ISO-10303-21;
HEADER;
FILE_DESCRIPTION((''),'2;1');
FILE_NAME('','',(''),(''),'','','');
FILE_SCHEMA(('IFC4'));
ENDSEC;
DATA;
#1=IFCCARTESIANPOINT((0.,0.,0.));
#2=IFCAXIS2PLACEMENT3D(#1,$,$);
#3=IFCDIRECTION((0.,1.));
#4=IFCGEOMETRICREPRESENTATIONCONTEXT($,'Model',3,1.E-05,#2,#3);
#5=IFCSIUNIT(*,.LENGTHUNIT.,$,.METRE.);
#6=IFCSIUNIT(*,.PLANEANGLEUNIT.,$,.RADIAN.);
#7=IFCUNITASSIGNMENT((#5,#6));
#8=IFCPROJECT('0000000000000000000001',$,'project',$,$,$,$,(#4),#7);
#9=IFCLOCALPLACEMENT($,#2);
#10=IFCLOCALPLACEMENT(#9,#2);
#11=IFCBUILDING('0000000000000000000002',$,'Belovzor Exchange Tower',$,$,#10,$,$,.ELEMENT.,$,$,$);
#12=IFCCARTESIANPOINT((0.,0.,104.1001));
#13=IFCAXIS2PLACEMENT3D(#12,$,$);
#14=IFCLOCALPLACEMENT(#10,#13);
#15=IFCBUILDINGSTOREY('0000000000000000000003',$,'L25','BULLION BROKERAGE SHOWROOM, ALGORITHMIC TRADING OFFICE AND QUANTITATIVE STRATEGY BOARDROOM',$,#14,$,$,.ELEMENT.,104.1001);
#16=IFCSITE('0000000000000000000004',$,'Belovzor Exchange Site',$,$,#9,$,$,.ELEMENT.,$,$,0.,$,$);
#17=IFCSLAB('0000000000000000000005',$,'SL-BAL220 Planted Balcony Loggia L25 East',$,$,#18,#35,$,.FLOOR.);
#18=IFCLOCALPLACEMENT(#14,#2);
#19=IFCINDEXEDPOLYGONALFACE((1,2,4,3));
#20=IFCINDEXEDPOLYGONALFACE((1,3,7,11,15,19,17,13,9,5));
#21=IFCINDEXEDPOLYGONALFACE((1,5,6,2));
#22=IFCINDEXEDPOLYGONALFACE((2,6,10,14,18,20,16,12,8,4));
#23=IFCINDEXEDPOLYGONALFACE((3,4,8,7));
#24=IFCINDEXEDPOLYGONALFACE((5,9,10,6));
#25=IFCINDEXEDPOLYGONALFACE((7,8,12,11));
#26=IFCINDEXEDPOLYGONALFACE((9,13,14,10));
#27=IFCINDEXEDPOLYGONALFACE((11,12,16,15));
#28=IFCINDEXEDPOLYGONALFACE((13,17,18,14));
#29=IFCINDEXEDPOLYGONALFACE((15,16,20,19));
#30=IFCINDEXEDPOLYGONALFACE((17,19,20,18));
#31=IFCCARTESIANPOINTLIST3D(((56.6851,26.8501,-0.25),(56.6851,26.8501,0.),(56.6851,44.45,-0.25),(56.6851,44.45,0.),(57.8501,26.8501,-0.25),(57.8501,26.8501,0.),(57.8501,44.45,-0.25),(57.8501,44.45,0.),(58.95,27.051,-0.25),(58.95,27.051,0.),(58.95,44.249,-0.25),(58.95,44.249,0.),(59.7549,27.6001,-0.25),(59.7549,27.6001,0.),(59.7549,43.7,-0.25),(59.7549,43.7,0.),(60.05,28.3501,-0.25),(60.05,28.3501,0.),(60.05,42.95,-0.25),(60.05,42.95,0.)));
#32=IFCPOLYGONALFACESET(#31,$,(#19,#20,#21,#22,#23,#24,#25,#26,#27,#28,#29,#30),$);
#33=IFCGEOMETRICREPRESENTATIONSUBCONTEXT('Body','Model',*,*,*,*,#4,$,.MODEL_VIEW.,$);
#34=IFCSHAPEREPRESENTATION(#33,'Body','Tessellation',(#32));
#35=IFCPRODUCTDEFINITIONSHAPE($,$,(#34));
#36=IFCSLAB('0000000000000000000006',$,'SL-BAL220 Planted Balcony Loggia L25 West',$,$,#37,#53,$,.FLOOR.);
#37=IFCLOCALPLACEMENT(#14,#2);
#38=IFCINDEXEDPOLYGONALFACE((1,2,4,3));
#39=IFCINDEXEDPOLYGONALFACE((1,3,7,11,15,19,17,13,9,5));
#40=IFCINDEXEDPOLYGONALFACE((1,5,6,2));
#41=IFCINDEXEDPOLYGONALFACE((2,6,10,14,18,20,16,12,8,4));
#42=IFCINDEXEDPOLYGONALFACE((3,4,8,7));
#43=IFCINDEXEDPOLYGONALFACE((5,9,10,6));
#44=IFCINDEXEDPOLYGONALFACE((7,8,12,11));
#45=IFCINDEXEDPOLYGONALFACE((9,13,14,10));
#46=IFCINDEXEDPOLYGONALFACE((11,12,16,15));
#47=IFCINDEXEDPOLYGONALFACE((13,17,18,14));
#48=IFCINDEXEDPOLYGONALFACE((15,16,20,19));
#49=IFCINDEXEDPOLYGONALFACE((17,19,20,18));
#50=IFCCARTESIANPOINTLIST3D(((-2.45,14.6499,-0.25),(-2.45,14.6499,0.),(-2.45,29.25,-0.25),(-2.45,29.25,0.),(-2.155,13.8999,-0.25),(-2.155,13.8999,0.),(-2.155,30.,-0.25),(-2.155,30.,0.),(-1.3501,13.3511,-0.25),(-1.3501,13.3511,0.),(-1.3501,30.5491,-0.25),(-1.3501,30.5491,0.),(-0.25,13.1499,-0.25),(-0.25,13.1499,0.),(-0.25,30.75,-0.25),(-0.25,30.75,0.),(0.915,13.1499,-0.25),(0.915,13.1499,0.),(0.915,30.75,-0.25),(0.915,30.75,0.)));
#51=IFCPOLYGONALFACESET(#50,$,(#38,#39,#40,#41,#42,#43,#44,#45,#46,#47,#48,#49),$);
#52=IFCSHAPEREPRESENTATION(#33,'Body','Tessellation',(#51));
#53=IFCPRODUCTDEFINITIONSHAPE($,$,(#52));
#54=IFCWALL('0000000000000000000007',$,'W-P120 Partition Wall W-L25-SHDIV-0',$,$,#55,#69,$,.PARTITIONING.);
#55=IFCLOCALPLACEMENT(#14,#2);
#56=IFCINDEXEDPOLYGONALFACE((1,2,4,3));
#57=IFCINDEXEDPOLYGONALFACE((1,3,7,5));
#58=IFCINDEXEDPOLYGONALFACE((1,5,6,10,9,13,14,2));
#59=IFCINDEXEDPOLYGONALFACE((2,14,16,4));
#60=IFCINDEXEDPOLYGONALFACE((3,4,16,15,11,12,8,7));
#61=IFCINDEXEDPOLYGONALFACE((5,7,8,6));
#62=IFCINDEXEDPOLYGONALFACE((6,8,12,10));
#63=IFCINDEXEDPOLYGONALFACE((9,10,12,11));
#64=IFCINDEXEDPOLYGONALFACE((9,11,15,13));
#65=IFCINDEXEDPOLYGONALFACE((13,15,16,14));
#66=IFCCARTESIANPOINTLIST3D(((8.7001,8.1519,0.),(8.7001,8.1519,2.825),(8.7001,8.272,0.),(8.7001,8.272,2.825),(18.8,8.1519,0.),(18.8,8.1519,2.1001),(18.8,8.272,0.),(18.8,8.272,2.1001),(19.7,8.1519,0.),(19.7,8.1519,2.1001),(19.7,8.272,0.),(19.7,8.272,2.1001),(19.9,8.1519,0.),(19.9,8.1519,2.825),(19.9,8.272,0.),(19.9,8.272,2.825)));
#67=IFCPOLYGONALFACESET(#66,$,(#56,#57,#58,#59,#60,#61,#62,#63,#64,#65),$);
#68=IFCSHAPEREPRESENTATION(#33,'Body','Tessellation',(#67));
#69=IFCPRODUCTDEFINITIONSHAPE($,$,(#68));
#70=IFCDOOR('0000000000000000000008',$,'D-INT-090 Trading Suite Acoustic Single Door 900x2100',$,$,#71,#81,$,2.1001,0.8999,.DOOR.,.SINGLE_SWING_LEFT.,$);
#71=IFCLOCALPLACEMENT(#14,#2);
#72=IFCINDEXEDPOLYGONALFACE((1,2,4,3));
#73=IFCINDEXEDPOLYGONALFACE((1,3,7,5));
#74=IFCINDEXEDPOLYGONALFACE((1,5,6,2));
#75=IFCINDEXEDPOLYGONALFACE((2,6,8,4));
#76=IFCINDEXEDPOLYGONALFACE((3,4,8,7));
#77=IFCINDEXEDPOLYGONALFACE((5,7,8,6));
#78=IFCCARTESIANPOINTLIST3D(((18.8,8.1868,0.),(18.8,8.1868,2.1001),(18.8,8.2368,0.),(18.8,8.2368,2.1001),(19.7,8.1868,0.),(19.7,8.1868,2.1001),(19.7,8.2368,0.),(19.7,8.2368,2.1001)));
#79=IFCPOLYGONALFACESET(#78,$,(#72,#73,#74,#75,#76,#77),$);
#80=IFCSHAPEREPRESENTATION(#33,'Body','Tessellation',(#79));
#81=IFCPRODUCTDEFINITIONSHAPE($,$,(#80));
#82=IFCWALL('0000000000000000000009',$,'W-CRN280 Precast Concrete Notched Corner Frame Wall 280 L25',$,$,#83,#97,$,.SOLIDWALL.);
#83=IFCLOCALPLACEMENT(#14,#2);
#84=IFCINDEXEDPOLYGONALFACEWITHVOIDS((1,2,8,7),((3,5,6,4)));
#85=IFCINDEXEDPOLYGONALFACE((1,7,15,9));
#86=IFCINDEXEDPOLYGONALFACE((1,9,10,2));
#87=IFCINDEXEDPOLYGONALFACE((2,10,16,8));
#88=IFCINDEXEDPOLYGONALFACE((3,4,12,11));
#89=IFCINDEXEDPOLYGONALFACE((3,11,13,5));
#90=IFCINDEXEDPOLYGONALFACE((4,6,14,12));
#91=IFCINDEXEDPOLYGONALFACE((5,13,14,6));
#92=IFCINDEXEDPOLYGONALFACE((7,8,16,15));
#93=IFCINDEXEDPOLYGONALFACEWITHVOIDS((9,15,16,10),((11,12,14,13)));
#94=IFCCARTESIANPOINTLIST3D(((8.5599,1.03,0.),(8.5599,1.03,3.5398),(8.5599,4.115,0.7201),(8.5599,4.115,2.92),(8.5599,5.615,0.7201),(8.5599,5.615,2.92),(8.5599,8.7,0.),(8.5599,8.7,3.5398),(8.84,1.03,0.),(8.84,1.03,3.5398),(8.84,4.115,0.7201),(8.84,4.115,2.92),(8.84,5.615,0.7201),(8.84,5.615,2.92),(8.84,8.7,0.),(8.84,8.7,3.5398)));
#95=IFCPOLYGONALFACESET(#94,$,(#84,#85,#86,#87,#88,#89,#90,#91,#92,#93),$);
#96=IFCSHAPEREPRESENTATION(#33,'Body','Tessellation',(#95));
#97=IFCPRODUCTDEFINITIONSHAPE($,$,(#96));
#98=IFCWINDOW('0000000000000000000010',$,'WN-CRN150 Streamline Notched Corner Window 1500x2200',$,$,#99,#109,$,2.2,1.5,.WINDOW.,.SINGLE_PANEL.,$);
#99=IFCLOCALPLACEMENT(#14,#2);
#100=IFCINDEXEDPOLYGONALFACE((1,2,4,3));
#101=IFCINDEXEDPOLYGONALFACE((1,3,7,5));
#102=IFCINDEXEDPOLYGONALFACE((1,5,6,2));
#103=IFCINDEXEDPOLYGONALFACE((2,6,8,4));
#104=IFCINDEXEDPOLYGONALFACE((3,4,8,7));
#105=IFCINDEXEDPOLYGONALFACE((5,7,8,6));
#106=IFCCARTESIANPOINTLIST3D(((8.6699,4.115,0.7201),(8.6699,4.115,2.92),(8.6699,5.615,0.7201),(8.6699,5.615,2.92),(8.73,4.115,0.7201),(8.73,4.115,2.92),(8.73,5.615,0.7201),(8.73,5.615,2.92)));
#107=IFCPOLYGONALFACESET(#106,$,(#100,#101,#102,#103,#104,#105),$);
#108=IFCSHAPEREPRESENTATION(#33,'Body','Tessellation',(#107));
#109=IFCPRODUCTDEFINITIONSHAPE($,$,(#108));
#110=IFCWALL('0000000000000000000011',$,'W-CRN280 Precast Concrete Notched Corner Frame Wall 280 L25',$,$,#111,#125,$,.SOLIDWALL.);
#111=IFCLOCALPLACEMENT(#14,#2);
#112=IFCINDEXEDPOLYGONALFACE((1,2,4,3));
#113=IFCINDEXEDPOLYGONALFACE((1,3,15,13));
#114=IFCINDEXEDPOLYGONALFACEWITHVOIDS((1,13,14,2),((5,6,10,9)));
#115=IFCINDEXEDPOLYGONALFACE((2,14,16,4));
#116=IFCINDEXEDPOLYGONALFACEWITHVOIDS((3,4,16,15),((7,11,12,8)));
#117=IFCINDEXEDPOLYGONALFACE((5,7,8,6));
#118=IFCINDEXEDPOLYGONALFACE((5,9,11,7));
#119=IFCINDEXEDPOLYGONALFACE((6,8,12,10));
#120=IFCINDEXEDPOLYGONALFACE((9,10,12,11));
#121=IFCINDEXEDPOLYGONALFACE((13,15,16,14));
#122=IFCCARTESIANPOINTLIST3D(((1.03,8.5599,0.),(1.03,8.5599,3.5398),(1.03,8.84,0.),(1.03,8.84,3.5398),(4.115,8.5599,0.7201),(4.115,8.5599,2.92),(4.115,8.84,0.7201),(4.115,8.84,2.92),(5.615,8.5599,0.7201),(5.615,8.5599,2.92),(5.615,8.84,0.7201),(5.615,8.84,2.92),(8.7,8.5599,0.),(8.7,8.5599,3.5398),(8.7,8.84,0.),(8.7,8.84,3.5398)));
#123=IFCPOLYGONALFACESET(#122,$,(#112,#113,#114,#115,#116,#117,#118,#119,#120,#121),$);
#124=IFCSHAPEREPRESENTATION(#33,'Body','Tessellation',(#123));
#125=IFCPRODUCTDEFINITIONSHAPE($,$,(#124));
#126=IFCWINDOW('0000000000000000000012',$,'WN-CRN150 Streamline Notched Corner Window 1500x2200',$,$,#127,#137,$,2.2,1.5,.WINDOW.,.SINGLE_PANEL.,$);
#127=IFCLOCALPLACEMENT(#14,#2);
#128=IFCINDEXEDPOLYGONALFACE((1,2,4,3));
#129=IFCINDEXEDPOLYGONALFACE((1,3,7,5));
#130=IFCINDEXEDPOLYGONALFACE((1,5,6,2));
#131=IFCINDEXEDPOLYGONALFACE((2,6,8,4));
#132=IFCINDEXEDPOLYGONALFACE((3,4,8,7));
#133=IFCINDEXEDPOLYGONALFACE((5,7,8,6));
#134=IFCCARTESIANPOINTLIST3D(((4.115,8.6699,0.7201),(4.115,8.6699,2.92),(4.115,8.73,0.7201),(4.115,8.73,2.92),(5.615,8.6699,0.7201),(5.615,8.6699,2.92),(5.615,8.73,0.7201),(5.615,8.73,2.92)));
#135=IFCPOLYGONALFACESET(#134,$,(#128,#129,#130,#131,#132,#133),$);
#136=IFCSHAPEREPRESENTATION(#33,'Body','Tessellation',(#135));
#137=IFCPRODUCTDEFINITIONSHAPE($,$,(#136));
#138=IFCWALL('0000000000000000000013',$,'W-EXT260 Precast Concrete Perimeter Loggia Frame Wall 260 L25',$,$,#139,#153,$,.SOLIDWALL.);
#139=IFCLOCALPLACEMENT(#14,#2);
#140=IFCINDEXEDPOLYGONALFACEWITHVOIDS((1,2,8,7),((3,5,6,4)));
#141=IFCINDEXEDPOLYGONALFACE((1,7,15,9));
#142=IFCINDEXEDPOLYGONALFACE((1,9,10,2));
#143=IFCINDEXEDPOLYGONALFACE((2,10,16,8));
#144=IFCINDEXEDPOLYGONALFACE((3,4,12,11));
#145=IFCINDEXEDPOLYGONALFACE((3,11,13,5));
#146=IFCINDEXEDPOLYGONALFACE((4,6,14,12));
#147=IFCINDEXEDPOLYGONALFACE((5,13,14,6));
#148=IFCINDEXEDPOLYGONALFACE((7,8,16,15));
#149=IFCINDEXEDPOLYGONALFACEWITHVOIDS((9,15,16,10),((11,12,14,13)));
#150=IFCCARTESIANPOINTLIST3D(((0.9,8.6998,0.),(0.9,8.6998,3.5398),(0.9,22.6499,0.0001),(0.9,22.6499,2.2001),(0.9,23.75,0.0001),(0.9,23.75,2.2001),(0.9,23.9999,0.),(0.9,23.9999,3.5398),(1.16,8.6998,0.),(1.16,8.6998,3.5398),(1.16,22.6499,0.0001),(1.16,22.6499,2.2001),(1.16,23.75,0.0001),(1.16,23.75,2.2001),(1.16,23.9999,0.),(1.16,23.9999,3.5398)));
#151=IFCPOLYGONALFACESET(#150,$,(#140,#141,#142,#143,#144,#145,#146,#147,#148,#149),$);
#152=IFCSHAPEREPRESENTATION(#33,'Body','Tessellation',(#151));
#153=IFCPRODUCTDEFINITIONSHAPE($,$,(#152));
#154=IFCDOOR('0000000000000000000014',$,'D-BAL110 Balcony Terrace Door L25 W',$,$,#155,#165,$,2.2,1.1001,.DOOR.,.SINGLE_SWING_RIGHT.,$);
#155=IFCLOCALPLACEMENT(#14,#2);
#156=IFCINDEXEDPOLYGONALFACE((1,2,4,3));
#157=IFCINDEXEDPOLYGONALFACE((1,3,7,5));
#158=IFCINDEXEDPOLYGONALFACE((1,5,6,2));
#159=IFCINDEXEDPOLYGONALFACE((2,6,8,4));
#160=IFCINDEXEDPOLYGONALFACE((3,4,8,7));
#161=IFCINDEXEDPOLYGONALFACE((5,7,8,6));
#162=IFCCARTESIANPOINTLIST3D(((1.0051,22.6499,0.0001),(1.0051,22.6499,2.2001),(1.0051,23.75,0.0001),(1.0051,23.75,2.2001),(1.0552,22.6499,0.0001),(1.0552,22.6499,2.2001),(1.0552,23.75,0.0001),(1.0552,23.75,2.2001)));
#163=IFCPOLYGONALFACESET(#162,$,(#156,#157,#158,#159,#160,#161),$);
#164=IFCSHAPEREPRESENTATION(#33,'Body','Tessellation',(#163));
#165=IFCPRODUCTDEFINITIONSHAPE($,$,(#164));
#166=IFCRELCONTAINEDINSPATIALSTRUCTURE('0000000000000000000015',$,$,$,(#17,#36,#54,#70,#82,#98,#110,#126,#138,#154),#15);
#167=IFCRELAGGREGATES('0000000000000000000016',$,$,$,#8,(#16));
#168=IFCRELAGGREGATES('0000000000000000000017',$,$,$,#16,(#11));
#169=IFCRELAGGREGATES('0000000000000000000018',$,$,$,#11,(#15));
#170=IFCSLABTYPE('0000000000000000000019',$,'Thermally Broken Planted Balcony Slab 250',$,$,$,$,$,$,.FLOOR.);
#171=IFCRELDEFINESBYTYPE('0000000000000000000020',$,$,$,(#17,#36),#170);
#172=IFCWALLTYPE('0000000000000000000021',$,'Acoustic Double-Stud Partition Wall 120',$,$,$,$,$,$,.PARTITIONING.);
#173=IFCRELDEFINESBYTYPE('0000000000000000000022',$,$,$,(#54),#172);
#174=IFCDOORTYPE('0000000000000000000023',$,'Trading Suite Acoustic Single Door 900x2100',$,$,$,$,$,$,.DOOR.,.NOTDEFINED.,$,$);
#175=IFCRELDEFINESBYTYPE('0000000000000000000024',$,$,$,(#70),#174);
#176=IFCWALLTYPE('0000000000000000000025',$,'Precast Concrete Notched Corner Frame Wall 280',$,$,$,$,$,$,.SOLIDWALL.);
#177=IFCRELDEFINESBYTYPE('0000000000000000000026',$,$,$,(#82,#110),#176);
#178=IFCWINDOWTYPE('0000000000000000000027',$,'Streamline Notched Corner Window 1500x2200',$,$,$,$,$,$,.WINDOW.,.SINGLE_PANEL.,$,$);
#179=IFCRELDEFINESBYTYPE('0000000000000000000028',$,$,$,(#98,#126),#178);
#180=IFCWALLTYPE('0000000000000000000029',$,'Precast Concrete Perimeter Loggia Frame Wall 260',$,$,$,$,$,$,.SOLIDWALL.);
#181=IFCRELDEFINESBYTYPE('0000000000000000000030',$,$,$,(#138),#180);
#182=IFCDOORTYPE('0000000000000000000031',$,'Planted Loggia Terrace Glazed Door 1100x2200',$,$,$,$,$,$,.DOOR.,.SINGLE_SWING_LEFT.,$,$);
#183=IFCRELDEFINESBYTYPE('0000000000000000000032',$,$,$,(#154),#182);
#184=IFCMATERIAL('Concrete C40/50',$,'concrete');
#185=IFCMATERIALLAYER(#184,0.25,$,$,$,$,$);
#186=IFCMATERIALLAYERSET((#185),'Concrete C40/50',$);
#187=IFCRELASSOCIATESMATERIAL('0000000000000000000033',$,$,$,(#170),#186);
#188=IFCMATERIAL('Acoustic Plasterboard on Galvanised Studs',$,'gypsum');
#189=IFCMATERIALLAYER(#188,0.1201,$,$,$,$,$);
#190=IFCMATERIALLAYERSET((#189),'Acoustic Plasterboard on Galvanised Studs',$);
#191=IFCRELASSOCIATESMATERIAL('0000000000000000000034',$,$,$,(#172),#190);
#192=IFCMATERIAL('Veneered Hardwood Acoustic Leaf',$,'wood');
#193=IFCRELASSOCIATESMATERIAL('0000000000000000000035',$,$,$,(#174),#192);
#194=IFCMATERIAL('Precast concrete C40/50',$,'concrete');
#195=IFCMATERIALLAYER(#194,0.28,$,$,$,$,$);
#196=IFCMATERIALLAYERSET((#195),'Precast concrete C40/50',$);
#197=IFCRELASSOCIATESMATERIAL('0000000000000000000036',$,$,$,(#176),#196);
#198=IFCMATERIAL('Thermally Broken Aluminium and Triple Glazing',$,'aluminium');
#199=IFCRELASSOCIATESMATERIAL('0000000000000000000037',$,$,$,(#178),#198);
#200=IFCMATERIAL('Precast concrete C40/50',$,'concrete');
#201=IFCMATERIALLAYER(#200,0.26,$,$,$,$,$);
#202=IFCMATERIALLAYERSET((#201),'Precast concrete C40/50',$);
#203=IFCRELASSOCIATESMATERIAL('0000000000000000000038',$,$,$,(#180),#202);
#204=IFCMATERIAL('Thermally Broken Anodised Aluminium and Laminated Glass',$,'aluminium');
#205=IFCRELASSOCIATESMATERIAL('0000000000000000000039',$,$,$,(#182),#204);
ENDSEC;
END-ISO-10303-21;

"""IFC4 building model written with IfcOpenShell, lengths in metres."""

from ifc_helpers import new_model, si_unit, direction, frame, frame_2d, origin, place, context, subcontext, project, spatial, polyline, rectangle, outline, extrude, material, layer, layer_set, type_object, element, fill, save


model = new_model("IFC4")

# Units and contexts
model_context = context("Model", 3, precision=1e-05, world=origin(), true_north=direction((0.0, 1.0)))
body_context = subcontext(model_context, "Body", "Model", "MODEL_VIEW")
ifc_project = project(units=[si_unit("LENGTHUNIT", "METRE"), si_unit("PLANEANGLEUNIT", "RADIAN")], contexts=[model_context])

# Site, building, storey
site_placement = place(None, origin())
site = spatial("IfcSite", under=ifc_project, at=site_placement, Name="Belovzor Exchange Site", CompositionType="ELEMENT", RefElevation=0.0)
building_placement = place(site_placement, origin())
building = spatial("IfcBuilding", under=site, at=building_placement, Name="Belovzor Exchange Tower", CompositionType="ELEMENT")
storey_placement = place(building_placement, frame((0.0, 0.0, 104.1001)))
storey = spatial("IfcBuildingStorey", under=building, at=storey_placement, Name="L25", Description="BULLION BROKERAGE SHOWROOM, ALGORITHMIC TRADING OFFICE AND QUANTITATIVE STRATEGY BOARDROOM", CompositionType="ELEMENT", Elevation=104.1001)

# Slabs
ifc_material_1 = material(Name="Concrete C40/50", Category="concrete")
ifc_layer_1 = layer(ifc_material_1, 0.25)
ifc_layer_set_1 = layer_set([ifc_layer_1], Name="Concrete C40/50")
slab_type_1 = type_object("IfcSlabType", Name="Thermally Broken Planted Balcony Slab 250", PredefinedType="FLOOR", material=ifc_layer_set_1)
slab_1_placement = place(storey_placement, frame((0.0, 0.0, -0.25)))
element("IfcSlab", 1, at=slab_1_placement, inside=storey, type_object=slab_type_1, Name="SL-BAL220 Planted Balcony Loggia L25 East", PredefinedType="FLOOR", context=body_context, shape_type="SweptSolid", body=[
    extrude(outline(polyline([(56.6851, 26.8501), (57.8501, 26.8501), (58.95, 27.051), (59.7549, 27.6001), (60.05, 28.3501), (60.05, 42.95), (59.7549, 43.7), (58.95, 44.249), (57.8501, 44.45), (56.6851, 44.45), (56.6851, 26.8501)])), origin(), (0.0, 0.0, 1.0), 0.25),
])
slab_2_placement = place(storey_placement, frame((0.0, 0.0, -0.25)))
element("IfcSlab", 2, at=slab_2_placement, inside=storey, type_object=slab_type_1, Name="SL-BAL220 Planted Balcony Loggia L25 West", PredefinedType="FLOOR", context=body_context, shape_type="SweptSolid", body=[
    extrude(outline(polyline([(0.915, 30.75), (-0.25, 30.75), (-1.3501, 30.5491), (-2.155, 30.0), (-2.45, 29.25), (-2.45, 14.6499), (-2.155, 13.8999), (-1.3501, 13.3511), (-0.25, 13.1499), (0.915, 13.1499), (0.915, 30.75)])), origin(), (0.0, 0.0, 1.0), 0.25),
])

# Wall, opening, door
ifc_material_2 = material(Name="Acoustic Plasterboard on Galvanised Studs", Category="gypsum")
ifc_layer_2 = layer(ifc_material_2, 0.1201)
ifc_layer_set_2 = layer_set([ifc_layer_2], Name="Acoustic Plasterboard on Galvanised Studs")
wall_type_1 = type_object("IfcWallType", Name="Acoustic Double-Stud Partition Wall 120", PredefinedType="PARTITIONING", material=ifc_layer_set_2)
wall_1_placement = place(storey_placement, frame((8.7, 8.2119, 0.0), z_axis=(0.0, 0.0, 1.0), x_axis=(1.0, 0.0, 0.0)))
wall_1 = element("IfcWall", 3, at=wall_1_placement, inside=storey, type_object=wall_type_1, Name="W-P120 Partition Wall W-L25-SHDIV-0", PredefinedType="PARTITIONING", context=body_context, shape_type="SweptSolid", body=[
    extrude(rectangle(XDim=11.2, YDim=0.1201, at=frame_2d((5.6001, 0.0))), origin(), (0.0, 0.0, 1.0), 2.825),
])
opening_1_placement = place(wall_1_placement, frame((10.1001, 0.0, 0.0)))
opening_1 = element("IfcOpeningElement", 4, at=opening_1_placement, cuts=wall_1, PredefinedType="OPENING", context=body_context, shape_type="SweptSolid", body=[
    extrude(rectangle(XDim=0.8999, YDim=2.1001, at=frame_2d((0.45, 1.05))), frame((0.0, 0.0701, 0.0), z_axis=(0.0, -1.0, 0.0), x_axis=(1.0, 0.0, 0.0)), (0.0, 0.0, 1.0), 0.1401),
])
ifc_material_3 = material(Name="Veneered Hardwood Acoustic Leaf", Category="wood")
door_type_1 = type_object("IfcDoorType", Name="Trading Suite Acoustic Single Door 900x2100", OperationType="NOTDEFINED", PredefinedType="DOOR", material=ifc_material_3)
door_1_placement = place(opening_1_placement, origin())
door_1 = element("IfcDoor", 5, at=door_1_placement, inside=storey, type_object=door_type_1, Name="D-INT-090 Trading Suite Acoustic Single Door 900x2100", OperationType="SINGLE_SWING_LEFT", OverallHeight=2.1001, OverallWidth=0.8999, PredefinedType="DOOR", context=body_context, shape_type="SweptSolid", body=[
    extrude(rectangle(XDim=0.8999, YDim=2.1001, at=frame_2d((0.45, 1.05))), frame((0.0, 0.0249, 0.0), z_axis=(0.0, -1.0, 0.0), x_axis=(1.0, 0.0, 0.0)), (0.0, 0.0, 1.0), 0.05),
])
fill(opening_1, door_1)

# Walls, openings, windows
ifc_material_4 = material(Name="Precast concrete C40/50", Category="concrete")
ifc_layer_3 = layer(ifc_material_4, 0.28)
ifc_layer_set_3 = layer_set([ifc_layer_3], Name="Precast concrete C40/50")
wall_type_2 = type_object("IfcWallType", Name="Precast Concrete Notched Corner Frame Wall 280", PredefinedType="SOLIDWALL", material=ifc_layer_set_3)
wall_2_placement = place(storey_placement, frame((8.7, 1.03, 0.0), z_axis=(0.0, 0.0, 1.0), x_axis=(0.0, 1.0, 0.0)))
wall_2 = element("IfcWall", 6, at=wall_2_placement, inside=storey, type_object=wall_type_2, Name="W-CRN280 Precast Concrete Notched Corner Frame Wall 280 L25", PredefinedType="SOLIDWALL", context=body_context, shape_type="SweptSolid", body=[
    extrude(rectangle(XDim=7.6699, YDim=0.28, at=frame_2d((3.835, 0.0))), origin(), (0.0, 0.0, 1.0), 3.5398),
])
opening_2_placement = place(wall_2_placement, frame((3.085, 0.0, 0.72)))
opening_2 = element("IfcOpeningElement", 7, at=opening_2_placement, cuts=wall_2, PredefinedType="OPENING", context=body_context, shape_type="SweptSolid", body=[
    extrude(rectangle(XDim=1.5, YDim=2.2, at=frame_2d((0.75, 1.1001))), frame((0.0, 0.1499, 0.0), z_axis=(0.0, -1.0, 0.0), x_axis=(1.0, 0.0, 0.0)), (0.0, 0.0, 1.0), 0.3),
])
ifc_material_5 = material(Name="Thermally Broken Aluminium and Triple Glazing", Category="aluminium")
window_type = type_object("IfcWindowType", Name="Streamline Notched Corner Window 1500x2200", PartitioningType="SINGLE_PANEL", PredefinedType="WINDOW", material=ifc_material_5)
window_1_placement = place(opening_2_placement, origin())
window_1 = element("IfcWindow", 8, at=window_1_placement, inside=storey, type_object=window_type, Name="WN-CRN150 Streamline Notched Corner Window 1500x2200", OverallHeight=2.2, OverallWidth=1.5, PartitioningType="SINGLE_PANEL", PredefinedType="WINDOW", context=body_context, shape_type="SweptSolid", body=[
    extrude(rectangle(XDim=1.5, YDim=2.2, at=frame_2d((0.75, 1.1001))), frame((0.0, 0.03, 0.0), z_axis=(0.0, -1.0, 0.0), x_axis=(1.0, 0.0, 0.0)), (0.0, 0.0, 1.0), 0.0601),
])
fill(opening_2, window_1)
wall_3_placement = place(storey_placement, frame((8.7, 8.7, 0.0), z_axis=(0.0, 0.0, 1.0), x_axis=(-1.0, 0.0, 0.0)))
wall_3 = element("IfcWall", 9, at=wall_3_placement, inside=storey, type_object=wall_type_2, Name="W-CRN280 Precast Concrete Notched Corner Frame Wall 280 L25", PredefinedType="SOLIDWALL", context=body_context, shape_type="SweptSolid", body=[
    extrude(rectangle(XDim=7.6699, YDim=0.28, at=frame_2d((3.835, 0.0))), origin(), (0.0, 0.0, 1.0), 3.5398),
])
opening_3_placement = place(wall_3_placement, frame((3.085, 0.0, 0.72)))
opening_3 = element("IfcOpeningElement", 10, at=opening_3_placement, cuts=wall_3, PredefinedType="OPENING", context=body_context, shape_type="SweptSolid", body=[
    extrude(rectangle(XDim=1.5, YDim=2.2, at=frame_2d((0.75, 1.1001))), frame((0.0, 0.1499, 0.0), z_axis=(0.0, -1.0, 0.0), x_axis=(1.0, 0.0, 0.0)), (0.0, 0.0, 1.0), 0.3),
])
window_2_placement = place(opening_3_placement, origin())
window_2 = element("IfcWindow", 11, at=window_2_placement, inside=storey, type_object=window_type, Name="WN-CRN150 Streamline Notched Corner Window 1500x2200", OverallHeight=2.2, OverallWidth=1.5, PartitioningType="SINGLE_PANEL", PredefinedType="WINDOW", context=body_context, shape_type="SweptSolid", body=[
    extrude(rectangle(XDim=1.5, YDim=2.2, at=frame_2d((0.75, 1.1001))), frame((0.0, 0.03, 0.0), z_axis=(0.0, -1.0, 0.0), x_axis=(1.0, 0.0, 0.0)), (0.0, 0.0, 1.0), 0.0601),
])
fill(opening_3, window_2)

# Wall, opening, door
ifc_material_6 = material(Name="Precast concrete C40/50", Category="concrete")
ifc_layer_4 = layer(ifc_material_6, 0.26)
ifc_layer_set_4 = layer_set([ifc_layer_4], Name="Precast concrete C40/50")
wall_type_3 = type_object("IfcWallType", Name="Precast Concrete Perimeter Loggia Frame Wall 260", PredefinedType="SOLIDWALL", material=ifc_layer_set_4)
wall_4_placement = place(storey_placement, frame((1.03, 8.7, 0.0), z_axis=(0.0, 0.0, 1.0), x_axis=(0.0, 1.0, 0.0)))
wall_4 = element("IfcWall", 12, at=wall_4_placement, inside=storey, type_object=wall_type_3, Name="W-EXT260 Precast Concrete Perimeter Loggia Frame Wall 260 L25", PredefinedType="SOLIDWALL", context=body_context, shape_type="SweptSolid", body=[
    extrude(rectangle(XDim=15.3, YDim=0.26, at=frame_2d((7.6499, 0.0))), origin(), (0.0, 0.0, 1.0), 3.5398),
])
opening_4_placement = place(wall_4_placement, frame((13.95, 0.0, 0.0)))
opening_4 = element("IfcOpeningElement", 13, at=opening_4_placement, cuts=wall_4, PredefinedType="OPENING", context=body_context, shape_type="SweptSolid", body=[
    extrude(rectangle(XDim=1.1001, YDim=2.2, at=frame_2d((0.55, 1.1001))), frame((0.0, 0.1399, 0.0), z_axis=(0.0, -1.0, 0.0), x_axis=(1.0, 0.0, 0.0)), (0.0, 0.0, 1.0), 0.28),
])
ifc_material_7 = material(Name="Thermally Broken Anodised Aluminium and Laminated Glass", Category="aluminium")
door_type_2 = type_object("IfcDoorType", Name="Planted Loggia Terrace Glazed Door 1100x2200", OperationType="SINGLE_SWING_LEFT", PredefinedType="DOOR", material=ifc_material_7)
door_2_placement = place(opening_4_placement, origin())
door_2 = element("IfcDoor", 14, at=door_2_placement, inside=storey, type_object=door_type_2, Name="D-BAL110 Balcony Terrace Door L25 W", OperationType="SINGLE_SWING_RIGHT", OverallHeight=2.2, OverallWidth=1.1001, PredefinedType="DOOR", context=body_context, shape_type="SweptSolid", body=[
    extrude(rectangle(XDim=1.1001, YDim=2.2, at=frame_2d((0.55, 1.1001))), frame((0.0, 0.0249, 0.0), z_axis=(0.0, -1.0, 0.0), x_axis=(1.0, 0.0, 0.0)), (0.0, 0.0, 1.0), 0.05),
])
fill(opening_4, door_2)

save(model, "model.ifc")
